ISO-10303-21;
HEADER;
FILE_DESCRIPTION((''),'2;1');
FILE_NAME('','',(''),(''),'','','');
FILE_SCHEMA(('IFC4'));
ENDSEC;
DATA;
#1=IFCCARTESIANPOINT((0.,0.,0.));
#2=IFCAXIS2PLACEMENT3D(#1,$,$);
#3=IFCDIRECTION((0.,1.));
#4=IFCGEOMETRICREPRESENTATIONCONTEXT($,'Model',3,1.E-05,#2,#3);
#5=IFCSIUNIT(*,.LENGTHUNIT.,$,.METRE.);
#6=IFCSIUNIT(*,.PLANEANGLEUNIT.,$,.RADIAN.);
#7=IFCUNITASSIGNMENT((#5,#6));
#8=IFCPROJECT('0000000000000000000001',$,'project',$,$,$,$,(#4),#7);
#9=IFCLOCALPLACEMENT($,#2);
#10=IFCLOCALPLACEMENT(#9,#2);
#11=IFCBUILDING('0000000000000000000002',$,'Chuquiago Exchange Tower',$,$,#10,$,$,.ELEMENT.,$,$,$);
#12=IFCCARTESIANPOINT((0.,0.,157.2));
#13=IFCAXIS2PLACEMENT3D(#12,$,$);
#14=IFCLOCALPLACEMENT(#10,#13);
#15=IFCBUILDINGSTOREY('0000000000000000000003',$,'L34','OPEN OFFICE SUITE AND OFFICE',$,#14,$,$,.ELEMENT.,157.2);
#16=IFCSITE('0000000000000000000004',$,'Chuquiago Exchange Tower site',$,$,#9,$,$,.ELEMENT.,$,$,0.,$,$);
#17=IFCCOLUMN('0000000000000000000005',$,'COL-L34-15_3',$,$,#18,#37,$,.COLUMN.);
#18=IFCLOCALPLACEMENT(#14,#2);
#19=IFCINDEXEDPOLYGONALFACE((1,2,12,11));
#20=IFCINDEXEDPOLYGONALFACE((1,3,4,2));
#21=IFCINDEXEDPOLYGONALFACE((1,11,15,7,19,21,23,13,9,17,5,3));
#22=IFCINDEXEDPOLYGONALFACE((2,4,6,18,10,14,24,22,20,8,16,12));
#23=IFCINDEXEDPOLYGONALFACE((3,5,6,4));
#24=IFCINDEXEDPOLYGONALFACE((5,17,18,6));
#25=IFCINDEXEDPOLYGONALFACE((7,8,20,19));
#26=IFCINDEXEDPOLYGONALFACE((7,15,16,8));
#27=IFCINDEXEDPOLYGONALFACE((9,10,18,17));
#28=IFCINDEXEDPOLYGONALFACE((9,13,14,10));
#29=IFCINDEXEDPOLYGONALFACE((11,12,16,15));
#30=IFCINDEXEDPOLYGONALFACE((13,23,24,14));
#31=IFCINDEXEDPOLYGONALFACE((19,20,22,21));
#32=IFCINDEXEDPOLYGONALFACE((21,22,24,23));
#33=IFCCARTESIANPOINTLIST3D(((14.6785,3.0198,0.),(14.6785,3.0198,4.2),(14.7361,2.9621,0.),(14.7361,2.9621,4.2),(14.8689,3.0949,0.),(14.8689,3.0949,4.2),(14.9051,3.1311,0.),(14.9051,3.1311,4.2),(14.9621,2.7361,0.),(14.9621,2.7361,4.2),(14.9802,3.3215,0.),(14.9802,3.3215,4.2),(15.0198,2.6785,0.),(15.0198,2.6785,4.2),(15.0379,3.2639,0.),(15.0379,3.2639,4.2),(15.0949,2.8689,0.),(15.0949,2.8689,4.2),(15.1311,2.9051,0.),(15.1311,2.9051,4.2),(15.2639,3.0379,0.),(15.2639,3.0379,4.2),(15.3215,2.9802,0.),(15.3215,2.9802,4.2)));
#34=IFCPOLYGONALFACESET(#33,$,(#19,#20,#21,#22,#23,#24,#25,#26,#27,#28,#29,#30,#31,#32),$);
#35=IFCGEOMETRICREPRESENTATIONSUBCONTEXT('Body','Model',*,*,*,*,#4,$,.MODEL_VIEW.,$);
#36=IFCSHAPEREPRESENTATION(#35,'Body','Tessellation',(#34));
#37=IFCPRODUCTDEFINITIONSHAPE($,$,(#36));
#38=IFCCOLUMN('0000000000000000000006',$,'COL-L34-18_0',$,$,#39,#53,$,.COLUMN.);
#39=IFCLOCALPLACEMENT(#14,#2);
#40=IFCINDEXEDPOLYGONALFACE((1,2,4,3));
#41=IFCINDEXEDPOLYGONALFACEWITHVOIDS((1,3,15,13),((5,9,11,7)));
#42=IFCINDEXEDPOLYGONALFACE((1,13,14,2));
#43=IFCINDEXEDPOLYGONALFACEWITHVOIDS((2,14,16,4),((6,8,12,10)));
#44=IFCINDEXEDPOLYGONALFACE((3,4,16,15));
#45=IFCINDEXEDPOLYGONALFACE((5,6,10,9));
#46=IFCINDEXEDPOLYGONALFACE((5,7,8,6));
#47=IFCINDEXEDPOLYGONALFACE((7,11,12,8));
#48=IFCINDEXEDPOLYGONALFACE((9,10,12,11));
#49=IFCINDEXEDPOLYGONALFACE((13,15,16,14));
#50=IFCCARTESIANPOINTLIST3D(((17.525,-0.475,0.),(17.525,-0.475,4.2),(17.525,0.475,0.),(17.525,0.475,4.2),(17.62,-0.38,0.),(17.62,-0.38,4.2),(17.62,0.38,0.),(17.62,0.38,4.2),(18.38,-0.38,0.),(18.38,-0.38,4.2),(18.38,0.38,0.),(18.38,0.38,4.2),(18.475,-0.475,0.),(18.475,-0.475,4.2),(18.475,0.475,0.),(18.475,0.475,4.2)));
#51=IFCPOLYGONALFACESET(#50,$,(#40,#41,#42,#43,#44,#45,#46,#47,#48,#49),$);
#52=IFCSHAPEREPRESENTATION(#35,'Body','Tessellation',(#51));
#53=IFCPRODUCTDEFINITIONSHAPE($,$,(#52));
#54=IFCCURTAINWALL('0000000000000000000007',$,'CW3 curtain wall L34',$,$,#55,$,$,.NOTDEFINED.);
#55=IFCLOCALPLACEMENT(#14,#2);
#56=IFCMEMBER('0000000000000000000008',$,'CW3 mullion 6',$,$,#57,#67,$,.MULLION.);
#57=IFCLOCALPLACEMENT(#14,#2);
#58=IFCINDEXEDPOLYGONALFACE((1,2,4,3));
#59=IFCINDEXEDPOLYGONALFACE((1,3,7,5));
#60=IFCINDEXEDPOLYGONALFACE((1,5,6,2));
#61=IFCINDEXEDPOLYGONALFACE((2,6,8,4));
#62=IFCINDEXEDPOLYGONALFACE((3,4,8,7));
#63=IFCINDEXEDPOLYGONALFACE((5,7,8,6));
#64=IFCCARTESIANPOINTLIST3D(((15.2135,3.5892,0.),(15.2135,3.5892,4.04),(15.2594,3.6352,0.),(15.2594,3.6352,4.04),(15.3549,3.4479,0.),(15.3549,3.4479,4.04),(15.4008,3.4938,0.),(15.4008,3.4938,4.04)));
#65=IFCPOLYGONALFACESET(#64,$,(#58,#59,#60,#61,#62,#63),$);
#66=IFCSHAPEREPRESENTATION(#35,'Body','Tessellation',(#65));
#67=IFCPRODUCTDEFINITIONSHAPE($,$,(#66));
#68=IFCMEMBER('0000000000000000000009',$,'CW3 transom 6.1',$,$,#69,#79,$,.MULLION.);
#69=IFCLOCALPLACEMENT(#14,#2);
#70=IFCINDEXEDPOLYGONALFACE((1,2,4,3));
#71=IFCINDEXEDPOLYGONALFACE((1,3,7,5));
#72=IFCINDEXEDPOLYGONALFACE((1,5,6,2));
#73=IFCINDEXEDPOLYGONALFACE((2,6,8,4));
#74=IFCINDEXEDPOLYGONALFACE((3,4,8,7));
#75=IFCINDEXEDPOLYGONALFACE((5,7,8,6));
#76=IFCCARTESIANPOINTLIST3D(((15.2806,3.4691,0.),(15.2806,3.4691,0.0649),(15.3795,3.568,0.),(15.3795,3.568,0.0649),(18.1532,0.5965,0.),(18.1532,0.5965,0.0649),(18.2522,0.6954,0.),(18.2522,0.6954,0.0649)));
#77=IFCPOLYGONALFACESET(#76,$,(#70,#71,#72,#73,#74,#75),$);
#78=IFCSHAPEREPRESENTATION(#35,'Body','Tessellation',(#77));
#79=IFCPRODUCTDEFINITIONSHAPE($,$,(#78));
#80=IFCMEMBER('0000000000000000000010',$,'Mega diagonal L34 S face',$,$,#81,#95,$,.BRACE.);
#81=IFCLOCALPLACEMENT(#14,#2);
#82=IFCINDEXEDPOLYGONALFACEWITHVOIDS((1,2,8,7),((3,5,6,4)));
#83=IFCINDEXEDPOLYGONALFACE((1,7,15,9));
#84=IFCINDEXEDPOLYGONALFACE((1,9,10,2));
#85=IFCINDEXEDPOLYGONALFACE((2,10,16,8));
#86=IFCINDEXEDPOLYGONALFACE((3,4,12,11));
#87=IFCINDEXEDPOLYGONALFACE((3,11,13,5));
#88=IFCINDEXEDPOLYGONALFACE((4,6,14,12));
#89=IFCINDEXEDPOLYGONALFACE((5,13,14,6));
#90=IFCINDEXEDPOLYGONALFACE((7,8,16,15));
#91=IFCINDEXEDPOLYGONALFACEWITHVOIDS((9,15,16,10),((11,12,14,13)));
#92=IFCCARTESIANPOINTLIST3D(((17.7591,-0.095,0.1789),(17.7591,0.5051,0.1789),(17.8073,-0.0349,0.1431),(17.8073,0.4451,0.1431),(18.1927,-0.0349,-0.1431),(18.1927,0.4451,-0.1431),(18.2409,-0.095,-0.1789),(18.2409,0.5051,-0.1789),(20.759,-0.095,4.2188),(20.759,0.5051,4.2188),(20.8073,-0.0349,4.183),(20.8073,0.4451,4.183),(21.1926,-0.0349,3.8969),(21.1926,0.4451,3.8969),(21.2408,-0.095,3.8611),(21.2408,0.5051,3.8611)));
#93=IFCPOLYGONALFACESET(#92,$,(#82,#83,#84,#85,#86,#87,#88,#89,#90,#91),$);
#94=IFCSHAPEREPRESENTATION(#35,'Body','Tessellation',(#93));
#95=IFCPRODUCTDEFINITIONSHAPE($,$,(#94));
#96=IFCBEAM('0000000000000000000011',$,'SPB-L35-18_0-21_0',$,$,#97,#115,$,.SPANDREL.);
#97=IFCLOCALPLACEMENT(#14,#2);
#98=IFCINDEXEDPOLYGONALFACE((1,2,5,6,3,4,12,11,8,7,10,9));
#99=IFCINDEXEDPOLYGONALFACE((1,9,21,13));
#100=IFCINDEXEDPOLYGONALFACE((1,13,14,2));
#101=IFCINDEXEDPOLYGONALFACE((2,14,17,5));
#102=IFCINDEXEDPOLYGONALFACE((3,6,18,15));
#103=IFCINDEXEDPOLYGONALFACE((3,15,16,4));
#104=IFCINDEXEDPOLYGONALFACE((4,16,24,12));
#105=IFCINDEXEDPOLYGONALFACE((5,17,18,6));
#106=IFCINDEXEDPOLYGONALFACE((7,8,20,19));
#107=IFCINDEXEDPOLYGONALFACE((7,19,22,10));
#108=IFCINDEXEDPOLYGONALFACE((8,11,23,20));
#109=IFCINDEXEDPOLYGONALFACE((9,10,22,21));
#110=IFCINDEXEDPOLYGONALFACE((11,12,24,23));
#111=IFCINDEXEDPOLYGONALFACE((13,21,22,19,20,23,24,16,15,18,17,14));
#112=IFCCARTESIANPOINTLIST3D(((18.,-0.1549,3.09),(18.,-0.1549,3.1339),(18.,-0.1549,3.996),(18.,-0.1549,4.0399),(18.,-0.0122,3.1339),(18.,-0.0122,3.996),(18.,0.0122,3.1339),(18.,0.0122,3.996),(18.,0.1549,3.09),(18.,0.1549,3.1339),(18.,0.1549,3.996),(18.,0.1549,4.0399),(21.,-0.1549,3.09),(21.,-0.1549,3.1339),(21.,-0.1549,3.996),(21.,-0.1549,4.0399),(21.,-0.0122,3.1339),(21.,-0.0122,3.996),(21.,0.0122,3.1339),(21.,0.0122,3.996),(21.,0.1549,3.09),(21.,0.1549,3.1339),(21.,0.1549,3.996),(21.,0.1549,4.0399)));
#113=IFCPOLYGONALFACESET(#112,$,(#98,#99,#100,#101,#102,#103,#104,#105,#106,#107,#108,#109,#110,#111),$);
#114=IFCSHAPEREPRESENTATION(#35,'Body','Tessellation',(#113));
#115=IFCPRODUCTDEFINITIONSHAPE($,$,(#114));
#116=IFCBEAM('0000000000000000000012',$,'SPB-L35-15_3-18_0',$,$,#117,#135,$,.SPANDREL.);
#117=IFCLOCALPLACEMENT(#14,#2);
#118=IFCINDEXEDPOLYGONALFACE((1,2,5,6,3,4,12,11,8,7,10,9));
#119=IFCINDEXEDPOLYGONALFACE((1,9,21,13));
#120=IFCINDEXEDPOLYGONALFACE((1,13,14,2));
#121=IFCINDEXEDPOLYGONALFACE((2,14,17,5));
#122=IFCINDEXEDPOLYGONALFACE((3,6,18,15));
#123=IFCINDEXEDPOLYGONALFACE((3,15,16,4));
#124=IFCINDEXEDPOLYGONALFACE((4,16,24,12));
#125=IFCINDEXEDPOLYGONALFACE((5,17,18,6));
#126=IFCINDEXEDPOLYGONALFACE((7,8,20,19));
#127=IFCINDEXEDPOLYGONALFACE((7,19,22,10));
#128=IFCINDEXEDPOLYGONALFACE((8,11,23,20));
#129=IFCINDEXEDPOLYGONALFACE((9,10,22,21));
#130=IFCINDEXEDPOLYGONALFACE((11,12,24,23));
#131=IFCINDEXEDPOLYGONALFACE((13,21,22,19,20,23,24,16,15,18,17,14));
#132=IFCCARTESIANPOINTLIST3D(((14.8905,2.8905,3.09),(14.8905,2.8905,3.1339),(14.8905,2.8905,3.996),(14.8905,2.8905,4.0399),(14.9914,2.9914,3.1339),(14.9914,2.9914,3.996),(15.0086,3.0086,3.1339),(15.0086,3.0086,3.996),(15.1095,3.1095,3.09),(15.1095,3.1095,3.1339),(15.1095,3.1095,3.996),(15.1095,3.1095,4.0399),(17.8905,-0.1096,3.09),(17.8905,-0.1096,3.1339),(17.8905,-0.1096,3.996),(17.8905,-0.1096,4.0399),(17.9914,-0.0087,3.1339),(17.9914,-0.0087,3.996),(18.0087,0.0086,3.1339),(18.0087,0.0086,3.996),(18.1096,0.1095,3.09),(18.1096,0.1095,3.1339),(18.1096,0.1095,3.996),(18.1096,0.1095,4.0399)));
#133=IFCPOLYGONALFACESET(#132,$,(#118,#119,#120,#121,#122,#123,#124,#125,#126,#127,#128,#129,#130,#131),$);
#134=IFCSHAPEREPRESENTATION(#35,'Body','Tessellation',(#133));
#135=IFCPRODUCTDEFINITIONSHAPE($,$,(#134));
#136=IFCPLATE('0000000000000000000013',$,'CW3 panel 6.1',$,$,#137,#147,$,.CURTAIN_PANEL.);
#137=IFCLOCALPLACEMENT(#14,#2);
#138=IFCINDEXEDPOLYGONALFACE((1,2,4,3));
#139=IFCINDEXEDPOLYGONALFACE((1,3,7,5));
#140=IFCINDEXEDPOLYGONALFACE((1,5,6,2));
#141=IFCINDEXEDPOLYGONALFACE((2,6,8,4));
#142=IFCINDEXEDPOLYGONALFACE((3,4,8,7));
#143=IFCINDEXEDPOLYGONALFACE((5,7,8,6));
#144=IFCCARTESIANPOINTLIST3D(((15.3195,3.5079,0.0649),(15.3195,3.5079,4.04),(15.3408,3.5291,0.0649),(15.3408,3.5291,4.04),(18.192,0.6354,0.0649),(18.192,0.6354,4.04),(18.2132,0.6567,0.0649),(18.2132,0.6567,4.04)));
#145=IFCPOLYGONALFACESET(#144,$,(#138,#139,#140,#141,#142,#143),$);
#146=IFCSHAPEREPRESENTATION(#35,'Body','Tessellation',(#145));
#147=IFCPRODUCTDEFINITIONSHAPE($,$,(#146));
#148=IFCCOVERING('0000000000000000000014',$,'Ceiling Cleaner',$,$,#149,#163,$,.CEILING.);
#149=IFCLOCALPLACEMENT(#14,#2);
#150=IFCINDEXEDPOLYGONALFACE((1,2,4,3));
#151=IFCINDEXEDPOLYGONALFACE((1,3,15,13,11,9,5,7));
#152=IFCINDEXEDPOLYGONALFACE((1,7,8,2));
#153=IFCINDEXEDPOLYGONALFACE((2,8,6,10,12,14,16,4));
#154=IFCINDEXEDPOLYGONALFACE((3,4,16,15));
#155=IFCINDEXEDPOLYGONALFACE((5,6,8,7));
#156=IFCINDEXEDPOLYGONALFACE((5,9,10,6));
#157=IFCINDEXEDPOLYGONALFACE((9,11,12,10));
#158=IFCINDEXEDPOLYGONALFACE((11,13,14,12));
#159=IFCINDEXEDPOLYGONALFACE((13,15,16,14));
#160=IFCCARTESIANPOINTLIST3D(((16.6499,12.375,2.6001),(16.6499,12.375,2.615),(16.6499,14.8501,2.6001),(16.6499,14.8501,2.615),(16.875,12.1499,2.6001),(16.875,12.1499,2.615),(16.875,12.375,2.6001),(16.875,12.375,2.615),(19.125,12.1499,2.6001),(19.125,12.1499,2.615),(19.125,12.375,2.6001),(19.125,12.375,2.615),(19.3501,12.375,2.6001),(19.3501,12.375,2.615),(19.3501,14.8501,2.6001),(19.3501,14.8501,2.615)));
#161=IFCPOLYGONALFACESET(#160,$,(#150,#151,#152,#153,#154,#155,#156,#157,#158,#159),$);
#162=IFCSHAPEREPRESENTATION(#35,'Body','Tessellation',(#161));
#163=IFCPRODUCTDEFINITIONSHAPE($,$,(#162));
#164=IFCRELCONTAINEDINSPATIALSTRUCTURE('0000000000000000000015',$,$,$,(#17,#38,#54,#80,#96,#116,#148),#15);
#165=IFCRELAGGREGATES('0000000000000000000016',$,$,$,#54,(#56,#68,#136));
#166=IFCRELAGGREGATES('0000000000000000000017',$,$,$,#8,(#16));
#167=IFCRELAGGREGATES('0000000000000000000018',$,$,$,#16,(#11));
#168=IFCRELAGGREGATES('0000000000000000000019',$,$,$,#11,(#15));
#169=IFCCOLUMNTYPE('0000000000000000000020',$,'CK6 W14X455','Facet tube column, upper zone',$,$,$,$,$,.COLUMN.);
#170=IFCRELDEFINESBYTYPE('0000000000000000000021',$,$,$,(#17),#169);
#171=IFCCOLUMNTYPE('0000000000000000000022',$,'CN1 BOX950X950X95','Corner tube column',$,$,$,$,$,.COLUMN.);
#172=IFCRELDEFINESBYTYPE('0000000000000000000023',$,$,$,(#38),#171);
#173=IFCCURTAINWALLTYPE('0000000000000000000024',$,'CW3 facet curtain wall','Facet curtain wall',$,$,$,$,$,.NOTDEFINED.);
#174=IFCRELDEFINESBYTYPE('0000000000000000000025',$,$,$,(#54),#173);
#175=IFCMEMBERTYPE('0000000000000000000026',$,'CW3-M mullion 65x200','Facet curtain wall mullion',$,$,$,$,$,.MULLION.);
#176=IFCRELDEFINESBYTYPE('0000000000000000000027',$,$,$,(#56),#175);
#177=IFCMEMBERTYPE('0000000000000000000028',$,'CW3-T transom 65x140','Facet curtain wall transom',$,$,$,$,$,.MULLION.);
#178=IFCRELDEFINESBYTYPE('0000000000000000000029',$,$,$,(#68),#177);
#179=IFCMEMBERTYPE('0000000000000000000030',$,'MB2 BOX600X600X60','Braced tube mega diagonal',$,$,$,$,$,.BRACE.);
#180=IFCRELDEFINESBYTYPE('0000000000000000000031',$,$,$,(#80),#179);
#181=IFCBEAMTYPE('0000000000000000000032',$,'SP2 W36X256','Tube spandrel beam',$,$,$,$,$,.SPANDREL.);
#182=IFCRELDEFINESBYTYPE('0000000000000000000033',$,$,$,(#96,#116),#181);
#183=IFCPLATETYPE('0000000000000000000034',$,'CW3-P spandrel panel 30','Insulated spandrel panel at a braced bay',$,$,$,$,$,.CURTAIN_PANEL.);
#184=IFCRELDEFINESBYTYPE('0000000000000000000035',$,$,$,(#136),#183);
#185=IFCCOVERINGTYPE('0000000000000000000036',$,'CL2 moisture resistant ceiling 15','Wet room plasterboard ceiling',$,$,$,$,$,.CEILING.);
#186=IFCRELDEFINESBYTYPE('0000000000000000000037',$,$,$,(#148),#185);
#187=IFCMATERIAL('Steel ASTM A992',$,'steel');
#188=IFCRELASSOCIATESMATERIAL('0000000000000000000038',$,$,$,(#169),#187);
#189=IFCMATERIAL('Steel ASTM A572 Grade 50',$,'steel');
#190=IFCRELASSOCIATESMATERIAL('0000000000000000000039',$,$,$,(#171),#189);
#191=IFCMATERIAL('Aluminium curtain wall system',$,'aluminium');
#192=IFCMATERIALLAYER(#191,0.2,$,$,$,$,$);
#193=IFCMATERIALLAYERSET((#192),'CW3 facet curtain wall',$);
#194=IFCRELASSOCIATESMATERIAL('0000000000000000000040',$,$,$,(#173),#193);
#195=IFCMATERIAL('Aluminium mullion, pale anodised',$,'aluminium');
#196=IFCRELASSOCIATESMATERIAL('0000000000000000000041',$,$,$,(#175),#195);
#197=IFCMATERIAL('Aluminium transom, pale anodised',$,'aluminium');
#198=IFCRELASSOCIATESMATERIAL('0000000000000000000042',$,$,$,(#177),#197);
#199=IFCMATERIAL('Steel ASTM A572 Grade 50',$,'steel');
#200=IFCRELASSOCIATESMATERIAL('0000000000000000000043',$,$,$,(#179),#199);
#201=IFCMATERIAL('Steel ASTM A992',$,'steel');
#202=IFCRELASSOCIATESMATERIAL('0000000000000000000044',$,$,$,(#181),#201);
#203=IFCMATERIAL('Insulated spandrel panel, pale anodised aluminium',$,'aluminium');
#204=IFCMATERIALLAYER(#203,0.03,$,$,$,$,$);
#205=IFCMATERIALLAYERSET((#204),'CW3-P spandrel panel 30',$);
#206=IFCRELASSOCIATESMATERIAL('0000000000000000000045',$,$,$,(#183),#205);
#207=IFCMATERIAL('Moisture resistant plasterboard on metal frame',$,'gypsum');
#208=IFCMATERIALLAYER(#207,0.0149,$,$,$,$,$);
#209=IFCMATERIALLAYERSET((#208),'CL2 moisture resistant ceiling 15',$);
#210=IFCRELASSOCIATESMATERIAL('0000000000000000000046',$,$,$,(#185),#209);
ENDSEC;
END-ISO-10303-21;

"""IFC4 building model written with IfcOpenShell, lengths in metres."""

from ifc_helpers import new_model, si_unit, direction, frame, origin, origin_2d, place, context, subcontext, project, spatial, polyline, rectangle, hollow_rectangle, i_section, outline, extrude, material, layer, layer_set, material_profile, profile_set, type_object, element, aggregate, save


model = new_model("IFC4")

# Units and contexts
model_context = context("Model", 3, precision=1e-05, world=origin(), true_north=direction((0.0, 1.0)))
body_context = subcontext(model_context, "Body", "Model", "MODEL_VIEW")
ifc_project = project(units=[si_unit("LENGTHUNIT", "METRE"), si_unit("PLANEANGLEUNIT", "RADIAN")], contexts=[model_context])

# Site, building, storey
site_placement = place(None, origin())
site = spatial("IfcSite", under=ifc_project, at=site_placement, Name="Chuquiago Exchange Tower site", CompositionType="ELEMENT", RefElevation=0.0)
building_placement = place(site_placement, origin())
building = spatial("IfcBuilding", under=site, at=building_placement, Name="Chuquiago Exchange Tower", CompositionType="ELEMENT")
storey_placement = place(building_placement, frame((0.0, 0.0, 157.2)))
storey = spatial("IfcBuildingStorey", under=building, at=storey_placement, Name="L34", Description="OPEN OFFICE SUITE AND OFFICE", CompositionType="ELEMENT", Elevation=157.2)

# Columns
ifc_material_1 = material(Name="Steel ASTM A992", Category="steel")
ifc_material_profile_1 = material_profile(ifc_material_1, i_section(OverallWidth=0.4268, OverallDepth=0.4827, WebThickness=0.0513, FlangeThickness=0.0815, at=origin_2d()), Name="W14X455")
ifc_profile_set_1 = profile_set([ifc_material_profile_1], Name="Steel ASTM A992")
column_type_1 = type_object("IfcColumnType", Name="CK6 W14X455", Description="Facet tube column, upper zone", PredefinedType="COLUMN", material=ifc_profile_set_1)
column_1_placement = place(storey_placement, frame((15.0, 3.0, 0.0), z_axis=(0.0, 0.0, 1.0), x_axis=(-0.707107, -0.707107, 0.0)))
element("IfcColumn", 1, at=column_1_placement, inside=storey, type_object=column_type_1, Name="COL-L34-15_3", PredefinedType="COLUMN", context=body_context, shape_type="SweptSolid", body=[
    extrude(i_section(OverallWidth=0.4268, OverallDepth=0.4827, WebThickness=0.0513, FlangeThickness=0.0815, at=origin_2d()), origin(), (0.0, 0.0, 1.0), 4.2),
])
ifc_material_2 = material(Name="Steel ASTM A572 Grade 50", Category="steel")
ifc_material_profile_2 = material_profile(ifc_material_2, hollow_rectangle(XDim=0.95, YDim=0.95, WallThickness=0.095, at=origin_2d()), Name="BOX950X950X95")
ifc_profile_set_2 = profile_set([ifc_material_profile_2], Name="Steel ASTM A572 Grade 50")
column_type_2 = type_object("IfcColumnType", Name="CN1 BOX950X950X95", Description="Corner tube column", PredefinedType="COLUMN", material=ifc_profile_set_2)
column_2_placement = place(storey_placement, frame((18.0, 0.0, 0.0), z_axis=(0.0, 0.0, 1.0), x_axis=(0.0, -1.0, 0.0)))
element("IfcColumn", 2, at=column_2_placement, inside=storey, type_object=column_type_2, Name="COL-L34-18_0", PredefinedType="COLUMN", context=body_context, shape_type="SweptSolid", body=[
    extrude(hollow_rectangle(XDim=0.95, YDim=0.95, WallThickness=0.095, at=origin_2d()), origin(), (0.0, 0.0, 1.0), 4.2),
])

# Curtain wall, members
ifc_material_3 = material(Name="Aluminium curtain wall system", Category="aluminium")
ifc_layer_1 = layer(ifc_material_3, 0.2)
ifc_layer_set_1 = layer_set([ifc_layer_1], Name="CW3 facet curtain wall")
curtain_wall_type = type_object("IfcCurtainWallType", Name="CW3 facet curtain wall", Description="Facet curtain wall", PredefinedType="NOTDEFINED", material=ifc_layer_set_1)
curtain_wall_placement = place(storey_placement, origin())
curtain_wall = element("IfcCurtainWall", 3, at=curtain_wall_placement, inside=storey, type_object=curtain_wall_type, Name="CW3 curtain wall L34", PredefinedType="NOTDEFINED")
ifc_material_4 = material(Name="Aluminium mullion, pale anodised", Category="aluminium")
ifc_material_profile_3 = material_profile(ifc_material_4, rectangle(XDim=0.0649, YDim=0.2, at=origin_2d()), Name="AL 65x200")
ifc_profile_set_3 = profile_set([ifc_material_profile_3], Name="Aluminium mullion, pale anodised")
member_type_1 = type_object("IfcMemberType", Name="CW3-M mullion 65x200", Description="Facet curtain wall mullion", PredefinedType="MULLION", material=ifc_profile_set_3)
member_1_placement = place(storey_placement, frame((15.3071, 3.5415, 0.0), z_axis=(0.0, 0.0, 1.0), x_axis=(0.707107, 0.707107, 0.0)))
member_1 = element("IfcMember", 4, at=member_1_placement, type_object=member_type_1, Name="CW3 mullion 6", PredefinedType="MULLION", context=body_context, shape_type="SweptSolid", body=[
    extrude(rectangle(XDim=0.0649, YDim=0.2, at=origin_2d()), origin(), (0.0, 0.0, 1.0), 4.04),
])
ifc_material_5 = material(Name="Aluminium transom, pale anodised", Category="aluminium")
ifc_material_profile_4 = material_profile(ifc_material_5, rectangle(XDim=0.1399, YDim=0.0649, at=origin_2d()), Name="AL 140x65")
ifc_profile_set_4 = profile_set([ifc_material_profile_4], Name="Aluminium transom, pale anodised")
member_type_2 = type_object("IfcMemberType", Name="CW3-T transom 65x140", Description="Facet curtain wall transom", PredefinedType="MULLION", material=ifc_profile_set_4)
member_2_placement = place(storey_placement, frame((15.3301, 3.5186, 0.0325), z_axis=(0.707107, -0.707107, 0.0), x_axis=(0.707107, 0.707107, 0.0)))
member_2 = element("IfcMember", 5, at=member_2_placement, type_object=member_type_2, Name="CW3 transom 6.1", PredefinedType="MULLION", context=body_context, shape_type="SweptSolid", body=[
    extrude(rectangle(XDim=0.1399, YDim=0.0649, at=origin_2d()), origin(), (0.0, 0.0, 1.0), 4.0625),
])

# Member
ifc_material_6 = material(Name="Steel ASTM A572 Grade 50", Category="steel")
ifc_material_profile_5 = material_profile(ifc_material_6, hollow_rectangle(XDim=0.6001, YDim=0.6001, WallThickness=0.0601, at=origin_2d()), Name="BOX600X600X60")
ifc_profile_set_5 = profile_set([ifc_material_profile_5], Name="Steel ASTM A572 Grade 50")
member_type_3 = type_object("IfcMemberType", Name="MB2 BOX600X600X60", Description="Braced tube mega diagonal", PredefinedType="BRACE", material=ifc_profile_set_5)
member_3_placement = place(storey_placement, frame((18.0, 0.2051, 0.0), z_axis=(0.596174, 0.0, 0.802855), x_axis=(0.0, 1.0, 0.0)))
element("IfcMember", 6, at=member_3_placement, inside=storey, type_object=member_type_3, Name="Mega diagonal L34 S face", PredefinedType="BRACE", context=body_context, shape_type="SweptSolid", body=[
    extrude(hollow_rectangle(XDim=0.6001, YDim=0.6001, WallThickness=0.0601, at=origin_2d()), origin(), (0.0, 0.0, 1.0), 5.032),
])

# Beams
ifc_material_7 = material(Name="Steel ASTM A992", Category="steel")
ifc_material_profile_6 = material_profile(ifc_material_7, i_section(OverallWidth=0.3098, OverallDepth=0.95, WebThickness=0.0244, FlangeThickness=0.0439, at=origin_2d()), Name="W36X256")
ifc_profile_set_6 = profile_set([ifc_material_profile_6], Name="Steel ASTM A992")
beam_type = type_object("IfcBeamType", Name="SP2 W36X256", Description="Tube spandrel beam", PredefinedType="SPANDREL", material=ifc_profile_set_6)
beam_1_placement = place(storey_placement, frame((18.0, 0.0, 3.5649), z_axis=(1.0, 0.0, 0.0), x_axis=(0.0, 1.0, 0.0)))
element("IfcBeam", 7, at=beam_1_placement, inside=storey, type_object=beam_type, Name="SPB-L35-18_0-21_0", PredefinedType="SPANDREL", context=body_context, shape_type="SweptSolid", body=[
    extrude(i_section(OverallWidth=0.3098, OverallDepth=0.95, WebThickness=0.0244, FlangeThickness=0.0439, at=origin_2d()), origin(), (0.0, 0.0, 1.0), 3.0),
])
beam_2_placement = place(storey_placement, frame((15.0, 3.0, 3.5649), z_axis=(0.707107, -0.707107, 0.0), x_axis=(0.707107, 0.707107, 0.0)))
element("IfcBeam", 8, at=beam_2_placement, inside=storey, type_object=beam_type, Name="SPB-L35-15_3-18_0", PredefinedType="SPANDREL", context=body_context, shape_type="SweptSolid", body=[
    extrude(i_section(OverallWidth=0.3098, OverallDepth=0.95, WebThickness=0.0244, FlangeThickness=0.0439, at=origin_2d()), origin(), (0.0, 0.0, 1.0), 4.2427),
])

# Plate
ifc_material_8 = material(Name="Insulated spandrel panel, pale anodised aluminium", Category="aluminium")
ifc_layer_2 = layer(ifc_material_8, 0.03)
ifc_layer_set_2 = layer_set([ifc_layer_2], Name="CW3-P spandrel panel 30")
plate_type = type_object("IfcPlateType", Name="CW3-P spandrel panel 30", Description="Insulated spandrel panel at a braced bay", PredefinedType="CURTAIN_PANEL", material=ifc_layer_set_2)
plate_placement = place(storey_placement, frame((16.7664, 2.0823, 0.0649), z_axis=(0.0, 0.0, 1.0), x_axis=(0.707107, -0.707107, 0.0)))
plate = element("IfcPlate", 9, at=plate_placement, type_object=plate_type, Name="CW3 panel 6.1", PredefinedType="CURTAIN_PANEL", context=body_context, shape_type="SweptSolid", body=[
    extrude(rectangle(XDim=4.0623, YDim=0.03, at=origin_2d()), origin(), (0.0, 0.0, 1.0), 3.9751),
])
aggregate(curtain_wall, [member_1, member_2, plate])

# Covering
ifc_material_9 = material(Name="Moisture resistant plasterboard on metal frame", Category="gypsum")
ifc_layer_3 = layer(ifc_material_9, 0.0149)
ifc_layer_set_3 = layer_set([ifc_layer_3], Name="CL2 moisture resistant ceiling 15")
covering_type_1 = type_object("IfcCoveringType", Name="CL2 moisture resistant ceiling 15", Description="Wet room plasterboard ceiling", PredefinedType="CEILING", material=ifc_layer_set_3)
covering_1_placement = place(storey_placement, frame((0.0, 0.0, 2.6001)))
element("IfcCovering", 10, at=covering_1_placement, inside=storey, type_object=covering_type_1, Name="Ceiling Cleaner", PredefinedType="CEILING", context=body_context, shape_type="SweptSolid", body=[
    extrude(outline(polyline([(16.875, 12.1499), (16.875, 12.375), (16.6499, 12.375), (16.6499, 14.8501), (19.3501, 14.8501), (19.3501, 12.375), (19.125, 12.375), (19.125, 12.1499), (16.875, 12.1499)])), origin(), (0.0, 0.0, 1.0), 0.0149),
])

save(model, "model.ifc")
